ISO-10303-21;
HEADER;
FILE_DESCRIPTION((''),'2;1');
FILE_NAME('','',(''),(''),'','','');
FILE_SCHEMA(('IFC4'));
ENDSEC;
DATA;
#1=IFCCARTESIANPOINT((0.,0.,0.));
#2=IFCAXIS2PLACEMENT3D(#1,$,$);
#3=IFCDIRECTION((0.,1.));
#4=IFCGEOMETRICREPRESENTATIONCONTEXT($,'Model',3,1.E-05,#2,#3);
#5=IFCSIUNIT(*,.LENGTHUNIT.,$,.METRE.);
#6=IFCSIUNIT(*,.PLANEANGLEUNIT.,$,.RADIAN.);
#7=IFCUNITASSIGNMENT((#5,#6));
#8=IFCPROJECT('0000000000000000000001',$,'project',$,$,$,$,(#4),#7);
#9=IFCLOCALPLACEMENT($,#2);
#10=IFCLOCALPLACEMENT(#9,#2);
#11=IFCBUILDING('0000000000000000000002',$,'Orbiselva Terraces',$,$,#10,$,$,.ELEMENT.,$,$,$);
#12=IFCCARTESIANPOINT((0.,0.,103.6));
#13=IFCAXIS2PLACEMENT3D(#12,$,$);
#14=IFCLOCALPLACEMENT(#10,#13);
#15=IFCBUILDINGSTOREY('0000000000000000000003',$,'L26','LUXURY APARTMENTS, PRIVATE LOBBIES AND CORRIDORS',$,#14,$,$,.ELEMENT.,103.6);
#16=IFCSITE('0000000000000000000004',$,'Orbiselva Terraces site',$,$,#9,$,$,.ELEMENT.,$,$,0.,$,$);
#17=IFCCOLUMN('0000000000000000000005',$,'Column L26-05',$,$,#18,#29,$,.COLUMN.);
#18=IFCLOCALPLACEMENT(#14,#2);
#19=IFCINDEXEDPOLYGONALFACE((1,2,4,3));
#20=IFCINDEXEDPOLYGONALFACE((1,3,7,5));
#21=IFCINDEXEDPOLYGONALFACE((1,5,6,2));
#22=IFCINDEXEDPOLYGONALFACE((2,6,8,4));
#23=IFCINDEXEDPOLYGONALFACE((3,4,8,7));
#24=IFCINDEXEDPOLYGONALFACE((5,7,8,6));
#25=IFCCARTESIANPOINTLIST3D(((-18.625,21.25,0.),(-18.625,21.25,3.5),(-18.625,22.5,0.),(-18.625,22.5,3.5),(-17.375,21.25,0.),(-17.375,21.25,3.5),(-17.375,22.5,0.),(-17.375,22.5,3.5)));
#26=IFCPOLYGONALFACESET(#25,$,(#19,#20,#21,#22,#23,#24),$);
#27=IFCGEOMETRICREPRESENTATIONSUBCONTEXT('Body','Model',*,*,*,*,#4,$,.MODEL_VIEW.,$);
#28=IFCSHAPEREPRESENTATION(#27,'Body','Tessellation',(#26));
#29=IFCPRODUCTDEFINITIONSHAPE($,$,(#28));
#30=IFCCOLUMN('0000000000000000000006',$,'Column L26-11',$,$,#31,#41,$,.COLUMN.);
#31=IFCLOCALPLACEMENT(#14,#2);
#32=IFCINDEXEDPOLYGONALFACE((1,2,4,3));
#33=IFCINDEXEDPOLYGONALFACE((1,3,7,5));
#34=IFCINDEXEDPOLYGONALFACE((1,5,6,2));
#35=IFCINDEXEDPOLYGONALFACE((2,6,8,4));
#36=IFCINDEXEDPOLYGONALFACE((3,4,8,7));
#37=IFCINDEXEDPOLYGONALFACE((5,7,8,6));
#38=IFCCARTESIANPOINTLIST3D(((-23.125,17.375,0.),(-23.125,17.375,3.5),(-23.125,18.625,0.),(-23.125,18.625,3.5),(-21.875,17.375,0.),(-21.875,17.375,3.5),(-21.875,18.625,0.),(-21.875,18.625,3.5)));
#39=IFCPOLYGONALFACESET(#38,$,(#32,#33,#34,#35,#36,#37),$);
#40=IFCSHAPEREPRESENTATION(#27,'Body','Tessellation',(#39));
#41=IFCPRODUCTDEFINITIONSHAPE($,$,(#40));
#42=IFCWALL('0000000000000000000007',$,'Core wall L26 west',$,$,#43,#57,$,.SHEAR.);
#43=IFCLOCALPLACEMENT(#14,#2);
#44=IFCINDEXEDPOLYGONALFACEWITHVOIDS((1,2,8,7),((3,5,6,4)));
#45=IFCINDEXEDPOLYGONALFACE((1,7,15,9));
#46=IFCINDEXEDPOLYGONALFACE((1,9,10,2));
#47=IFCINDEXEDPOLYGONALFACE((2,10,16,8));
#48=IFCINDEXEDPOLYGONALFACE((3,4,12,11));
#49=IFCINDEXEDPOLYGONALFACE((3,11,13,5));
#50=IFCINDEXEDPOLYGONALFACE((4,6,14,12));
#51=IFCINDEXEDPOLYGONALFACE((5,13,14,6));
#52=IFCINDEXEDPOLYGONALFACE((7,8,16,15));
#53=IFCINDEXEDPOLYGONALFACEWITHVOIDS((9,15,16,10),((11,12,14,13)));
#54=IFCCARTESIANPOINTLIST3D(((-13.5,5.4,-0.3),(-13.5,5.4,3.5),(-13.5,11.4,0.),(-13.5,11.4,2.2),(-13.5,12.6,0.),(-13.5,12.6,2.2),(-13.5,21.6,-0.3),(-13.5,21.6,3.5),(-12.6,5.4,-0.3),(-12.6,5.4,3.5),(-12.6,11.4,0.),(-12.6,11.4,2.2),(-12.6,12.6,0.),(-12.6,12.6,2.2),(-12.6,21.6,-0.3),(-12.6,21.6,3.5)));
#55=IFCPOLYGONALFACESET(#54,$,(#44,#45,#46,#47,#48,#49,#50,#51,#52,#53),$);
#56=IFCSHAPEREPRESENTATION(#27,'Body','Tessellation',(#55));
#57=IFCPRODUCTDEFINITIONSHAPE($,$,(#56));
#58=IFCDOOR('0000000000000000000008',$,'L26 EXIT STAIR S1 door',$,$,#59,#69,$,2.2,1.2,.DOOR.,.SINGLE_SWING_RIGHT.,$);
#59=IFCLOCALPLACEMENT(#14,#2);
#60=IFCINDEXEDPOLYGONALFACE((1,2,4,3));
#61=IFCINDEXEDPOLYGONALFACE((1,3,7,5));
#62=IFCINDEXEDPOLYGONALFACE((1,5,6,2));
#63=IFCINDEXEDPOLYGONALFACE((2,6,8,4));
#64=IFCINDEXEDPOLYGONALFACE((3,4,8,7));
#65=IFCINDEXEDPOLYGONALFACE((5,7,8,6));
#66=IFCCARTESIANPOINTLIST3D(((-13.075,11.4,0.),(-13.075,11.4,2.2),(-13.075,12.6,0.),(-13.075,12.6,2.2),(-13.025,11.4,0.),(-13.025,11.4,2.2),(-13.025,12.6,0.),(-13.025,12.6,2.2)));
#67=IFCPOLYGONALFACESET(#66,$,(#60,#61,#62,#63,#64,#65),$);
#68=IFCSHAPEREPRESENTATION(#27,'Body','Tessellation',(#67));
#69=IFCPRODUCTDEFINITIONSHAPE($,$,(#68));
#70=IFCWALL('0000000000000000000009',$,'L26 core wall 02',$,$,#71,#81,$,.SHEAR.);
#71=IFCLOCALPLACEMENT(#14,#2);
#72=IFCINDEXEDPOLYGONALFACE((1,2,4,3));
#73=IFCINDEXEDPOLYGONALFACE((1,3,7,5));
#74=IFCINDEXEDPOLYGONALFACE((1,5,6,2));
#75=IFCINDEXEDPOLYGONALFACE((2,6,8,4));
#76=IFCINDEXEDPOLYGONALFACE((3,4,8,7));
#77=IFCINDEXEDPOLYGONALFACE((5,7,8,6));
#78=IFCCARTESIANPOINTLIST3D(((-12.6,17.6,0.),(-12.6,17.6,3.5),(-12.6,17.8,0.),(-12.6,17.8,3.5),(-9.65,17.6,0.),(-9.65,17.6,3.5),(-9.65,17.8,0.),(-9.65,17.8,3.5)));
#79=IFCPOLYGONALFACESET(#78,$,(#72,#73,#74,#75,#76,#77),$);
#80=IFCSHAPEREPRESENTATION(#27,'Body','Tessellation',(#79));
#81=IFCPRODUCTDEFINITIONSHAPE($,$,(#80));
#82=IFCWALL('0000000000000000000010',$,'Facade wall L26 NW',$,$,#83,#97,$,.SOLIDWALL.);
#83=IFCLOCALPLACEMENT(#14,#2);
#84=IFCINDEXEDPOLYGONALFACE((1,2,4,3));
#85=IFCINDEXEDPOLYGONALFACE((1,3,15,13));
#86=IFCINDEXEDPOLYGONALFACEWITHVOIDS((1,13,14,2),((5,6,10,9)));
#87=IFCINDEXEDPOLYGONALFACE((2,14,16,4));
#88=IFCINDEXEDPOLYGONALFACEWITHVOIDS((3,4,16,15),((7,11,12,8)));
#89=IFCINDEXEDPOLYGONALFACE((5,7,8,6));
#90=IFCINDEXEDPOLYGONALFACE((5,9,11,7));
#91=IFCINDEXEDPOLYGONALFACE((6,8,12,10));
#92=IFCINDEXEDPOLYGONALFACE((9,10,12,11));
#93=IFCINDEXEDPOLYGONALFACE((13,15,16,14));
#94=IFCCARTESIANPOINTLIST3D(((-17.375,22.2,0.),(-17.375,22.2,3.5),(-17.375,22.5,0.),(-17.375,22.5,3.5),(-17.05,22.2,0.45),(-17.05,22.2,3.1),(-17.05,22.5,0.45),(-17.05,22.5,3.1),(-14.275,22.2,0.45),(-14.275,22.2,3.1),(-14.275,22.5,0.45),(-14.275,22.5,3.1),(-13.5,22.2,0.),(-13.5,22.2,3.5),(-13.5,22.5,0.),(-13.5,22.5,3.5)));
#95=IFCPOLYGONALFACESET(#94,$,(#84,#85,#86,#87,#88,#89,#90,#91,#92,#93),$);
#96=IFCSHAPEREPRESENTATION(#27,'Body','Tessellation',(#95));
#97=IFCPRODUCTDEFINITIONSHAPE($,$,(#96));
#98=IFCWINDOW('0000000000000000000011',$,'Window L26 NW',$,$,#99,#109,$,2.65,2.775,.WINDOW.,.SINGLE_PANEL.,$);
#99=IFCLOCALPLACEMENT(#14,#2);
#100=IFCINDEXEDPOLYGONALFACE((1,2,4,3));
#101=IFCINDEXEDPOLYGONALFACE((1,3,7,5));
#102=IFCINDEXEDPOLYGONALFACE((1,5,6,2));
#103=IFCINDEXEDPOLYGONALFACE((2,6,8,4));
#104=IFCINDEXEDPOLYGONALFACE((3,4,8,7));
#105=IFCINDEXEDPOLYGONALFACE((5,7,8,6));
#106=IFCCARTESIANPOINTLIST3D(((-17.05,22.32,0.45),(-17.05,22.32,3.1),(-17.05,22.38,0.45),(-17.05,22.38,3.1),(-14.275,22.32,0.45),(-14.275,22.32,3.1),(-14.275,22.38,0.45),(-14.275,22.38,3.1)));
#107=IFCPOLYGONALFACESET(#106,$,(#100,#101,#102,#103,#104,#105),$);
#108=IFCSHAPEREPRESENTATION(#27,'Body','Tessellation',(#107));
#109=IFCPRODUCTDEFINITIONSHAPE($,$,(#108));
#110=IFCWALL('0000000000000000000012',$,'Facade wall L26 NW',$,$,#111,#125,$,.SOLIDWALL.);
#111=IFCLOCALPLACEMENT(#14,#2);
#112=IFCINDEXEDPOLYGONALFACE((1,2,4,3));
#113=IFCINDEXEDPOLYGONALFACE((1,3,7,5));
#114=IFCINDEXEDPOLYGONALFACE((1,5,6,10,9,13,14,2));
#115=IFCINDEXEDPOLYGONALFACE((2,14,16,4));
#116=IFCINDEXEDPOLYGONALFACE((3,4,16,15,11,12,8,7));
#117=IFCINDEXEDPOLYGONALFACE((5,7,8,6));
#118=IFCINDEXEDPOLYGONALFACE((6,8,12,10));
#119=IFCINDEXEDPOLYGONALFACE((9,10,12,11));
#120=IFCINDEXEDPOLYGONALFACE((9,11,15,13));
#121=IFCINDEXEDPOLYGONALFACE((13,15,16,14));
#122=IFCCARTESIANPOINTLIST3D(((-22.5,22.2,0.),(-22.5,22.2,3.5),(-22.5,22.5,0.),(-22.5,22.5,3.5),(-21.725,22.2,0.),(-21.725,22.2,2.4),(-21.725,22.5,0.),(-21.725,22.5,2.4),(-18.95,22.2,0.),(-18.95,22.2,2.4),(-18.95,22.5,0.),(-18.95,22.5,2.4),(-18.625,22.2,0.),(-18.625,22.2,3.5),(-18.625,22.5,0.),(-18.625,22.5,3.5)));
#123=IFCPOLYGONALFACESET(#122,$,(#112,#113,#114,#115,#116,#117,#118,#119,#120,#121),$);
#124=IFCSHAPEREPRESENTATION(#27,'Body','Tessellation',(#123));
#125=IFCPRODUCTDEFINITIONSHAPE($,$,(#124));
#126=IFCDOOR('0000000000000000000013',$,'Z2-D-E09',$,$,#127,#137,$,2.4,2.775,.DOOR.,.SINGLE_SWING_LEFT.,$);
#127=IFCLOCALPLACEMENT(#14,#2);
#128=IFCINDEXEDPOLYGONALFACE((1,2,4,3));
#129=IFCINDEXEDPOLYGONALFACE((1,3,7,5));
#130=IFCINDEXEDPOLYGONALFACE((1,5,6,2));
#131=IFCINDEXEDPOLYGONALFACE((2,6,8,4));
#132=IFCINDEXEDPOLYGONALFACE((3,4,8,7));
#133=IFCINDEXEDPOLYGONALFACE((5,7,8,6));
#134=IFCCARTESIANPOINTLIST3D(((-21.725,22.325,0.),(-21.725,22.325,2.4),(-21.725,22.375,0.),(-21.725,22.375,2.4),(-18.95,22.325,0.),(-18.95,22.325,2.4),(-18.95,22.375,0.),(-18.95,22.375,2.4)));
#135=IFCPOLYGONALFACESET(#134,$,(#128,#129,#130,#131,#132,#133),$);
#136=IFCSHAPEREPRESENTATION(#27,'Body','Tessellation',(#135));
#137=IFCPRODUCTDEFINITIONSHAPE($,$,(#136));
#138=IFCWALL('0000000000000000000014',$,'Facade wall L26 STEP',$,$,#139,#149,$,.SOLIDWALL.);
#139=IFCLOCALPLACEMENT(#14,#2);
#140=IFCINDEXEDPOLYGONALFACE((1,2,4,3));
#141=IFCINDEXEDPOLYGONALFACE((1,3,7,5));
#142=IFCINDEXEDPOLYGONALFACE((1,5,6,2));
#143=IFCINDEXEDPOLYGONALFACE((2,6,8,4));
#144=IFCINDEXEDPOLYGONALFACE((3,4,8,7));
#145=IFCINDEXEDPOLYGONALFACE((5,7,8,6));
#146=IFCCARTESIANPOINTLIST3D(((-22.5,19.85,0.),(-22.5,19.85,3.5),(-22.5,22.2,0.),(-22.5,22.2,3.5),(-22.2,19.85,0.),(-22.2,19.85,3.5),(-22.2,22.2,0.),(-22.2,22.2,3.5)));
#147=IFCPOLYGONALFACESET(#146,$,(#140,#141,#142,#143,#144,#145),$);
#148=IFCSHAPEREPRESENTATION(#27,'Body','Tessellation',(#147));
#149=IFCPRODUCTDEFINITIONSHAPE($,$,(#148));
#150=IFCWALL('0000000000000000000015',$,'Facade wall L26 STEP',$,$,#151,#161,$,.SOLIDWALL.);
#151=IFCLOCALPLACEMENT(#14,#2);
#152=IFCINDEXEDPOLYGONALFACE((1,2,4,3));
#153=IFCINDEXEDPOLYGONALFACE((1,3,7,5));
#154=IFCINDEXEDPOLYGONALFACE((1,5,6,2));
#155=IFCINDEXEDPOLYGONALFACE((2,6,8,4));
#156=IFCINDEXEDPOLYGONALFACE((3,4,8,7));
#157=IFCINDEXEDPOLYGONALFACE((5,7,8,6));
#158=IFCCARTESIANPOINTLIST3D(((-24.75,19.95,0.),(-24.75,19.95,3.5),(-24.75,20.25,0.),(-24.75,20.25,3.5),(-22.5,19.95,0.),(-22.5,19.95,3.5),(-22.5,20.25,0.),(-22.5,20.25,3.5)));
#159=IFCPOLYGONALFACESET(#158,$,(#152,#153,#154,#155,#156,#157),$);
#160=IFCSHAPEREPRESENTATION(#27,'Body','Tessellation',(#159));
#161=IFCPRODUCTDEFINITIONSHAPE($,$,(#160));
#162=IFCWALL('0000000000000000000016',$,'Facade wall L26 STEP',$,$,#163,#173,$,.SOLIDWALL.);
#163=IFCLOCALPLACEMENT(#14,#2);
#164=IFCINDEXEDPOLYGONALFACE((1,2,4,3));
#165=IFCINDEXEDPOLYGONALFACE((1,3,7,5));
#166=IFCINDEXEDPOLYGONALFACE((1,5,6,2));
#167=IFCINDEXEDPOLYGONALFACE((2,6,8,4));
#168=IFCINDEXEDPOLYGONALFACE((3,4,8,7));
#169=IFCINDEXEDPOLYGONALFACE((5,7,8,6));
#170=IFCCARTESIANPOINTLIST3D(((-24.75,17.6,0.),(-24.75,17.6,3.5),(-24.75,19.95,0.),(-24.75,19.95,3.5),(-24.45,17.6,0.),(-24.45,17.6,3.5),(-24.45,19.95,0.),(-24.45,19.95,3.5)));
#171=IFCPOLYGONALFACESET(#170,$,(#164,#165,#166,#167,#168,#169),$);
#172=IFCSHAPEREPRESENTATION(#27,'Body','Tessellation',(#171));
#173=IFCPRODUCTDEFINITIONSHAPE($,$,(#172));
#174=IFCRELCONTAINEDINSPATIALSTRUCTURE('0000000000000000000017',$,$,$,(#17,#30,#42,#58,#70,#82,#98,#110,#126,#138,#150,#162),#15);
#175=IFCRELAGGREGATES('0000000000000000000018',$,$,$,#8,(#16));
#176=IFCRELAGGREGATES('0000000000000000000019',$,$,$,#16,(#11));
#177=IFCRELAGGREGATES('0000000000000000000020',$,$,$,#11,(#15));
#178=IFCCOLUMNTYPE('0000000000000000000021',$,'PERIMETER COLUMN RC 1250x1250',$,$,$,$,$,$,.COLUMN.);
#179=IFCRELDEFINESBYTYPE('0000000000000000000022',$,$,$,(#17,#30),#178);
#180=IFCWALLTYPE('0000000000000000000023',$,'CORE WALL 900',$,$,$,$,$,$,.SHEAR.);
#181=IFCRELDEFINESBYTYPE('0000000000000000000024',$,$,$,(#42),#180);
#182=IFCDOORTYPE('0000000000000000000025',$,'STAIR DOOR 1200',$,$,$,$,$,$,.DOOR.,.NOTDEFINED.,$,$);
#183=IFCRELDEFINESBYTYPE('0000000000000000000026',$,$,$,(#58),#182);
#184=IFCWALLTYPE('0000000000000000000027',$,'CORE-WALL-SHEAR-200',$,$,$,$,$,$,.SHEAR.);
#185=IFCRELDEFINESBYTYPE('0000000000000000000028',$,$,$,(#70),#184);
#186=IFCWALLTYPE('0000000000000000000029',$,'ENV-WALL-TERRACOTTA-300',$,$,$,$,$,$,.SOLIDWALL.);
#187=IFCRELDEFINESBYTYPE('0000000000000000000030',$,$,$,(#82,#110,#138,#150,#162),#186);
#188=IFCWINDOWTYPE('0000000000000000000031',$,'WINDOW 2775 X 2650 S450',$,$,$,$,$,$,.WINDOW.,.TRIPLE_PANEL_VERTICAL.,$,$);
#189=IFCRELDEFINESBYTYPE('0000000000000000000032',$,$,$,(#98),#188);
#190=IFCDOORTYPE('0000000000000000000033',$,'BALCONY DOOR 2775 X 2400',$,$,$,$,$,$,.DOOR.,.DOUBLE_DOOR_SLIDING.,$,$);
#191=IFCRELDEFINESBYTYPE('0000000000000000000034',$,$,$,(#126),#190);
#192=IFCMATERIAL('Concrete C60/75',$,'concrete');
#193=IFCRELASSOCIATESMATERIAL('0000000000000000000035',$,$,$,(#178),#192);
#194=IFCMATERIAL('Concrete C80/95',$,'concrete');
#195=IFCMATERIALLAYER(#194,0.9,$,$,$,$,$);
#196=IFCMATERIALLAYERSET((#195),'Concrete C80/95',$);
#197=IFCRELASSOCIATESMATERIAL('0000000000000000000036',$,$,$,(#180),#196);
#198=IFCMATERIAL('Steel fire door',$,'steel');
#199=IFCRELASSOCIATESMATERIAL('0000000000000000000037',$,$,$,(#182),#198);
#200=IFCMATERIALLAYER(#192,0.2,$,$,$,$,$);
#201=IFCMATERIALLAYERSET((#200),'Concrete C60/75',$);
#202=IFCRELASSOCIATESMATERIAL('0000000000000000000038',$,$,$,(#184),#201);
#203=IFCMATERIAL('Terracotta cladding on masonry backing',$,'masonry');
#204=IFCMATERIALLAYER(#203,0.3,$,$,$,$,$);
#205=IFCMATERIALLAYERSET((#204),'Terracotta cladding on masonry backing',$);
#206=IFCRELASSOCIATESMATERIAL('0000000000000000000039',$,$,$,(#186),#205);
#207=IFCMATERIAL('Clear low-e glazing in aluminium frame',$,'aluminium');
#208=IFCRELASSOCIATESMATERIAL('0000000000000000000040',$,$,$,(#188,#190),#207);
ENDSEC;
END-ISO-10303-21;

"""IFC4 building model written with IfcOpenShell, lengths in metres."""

from ifc_helpers import new_model, si_unit, direction, frame, frame_2d, origin, origin_2d, place, context, subcontext, project, spatial, rectangle, extrude, material, layer, layer_set, material_profile, profile_set, type_object, element, fill, save


model = new_model("IFC4")

# Units and contexts
model_context = context("Model", 3, precision=1e-05, world=origin(), true_north=direction((0.0, 1.0)))
body_context = subcontext(model_context, "Body", "Model", "MODEL_VIEW")
ifc_project = project(units=[si_unit("LENGTHUNIT", "METRE"), si_unit("PLANEANGLEUNIT", "RADIAN")], contexts=[model_context])

# Site, building, storey
site_placement = place(None, origin())
site = spatial("IfcSite", under=ifc_project, at=site_placement, Name="Orbiselva Terraces site", CompositionType="ELEMENT", RefElevation=0.0)
building_placement = place(site_placement, origin())
building = spatial("IfcBuilding", under=site, at=building_placement, Name="Orbiselva Terraces", CompositionType="ELEMENT")
storey_placement = place(building_placement, frame((0.0, 0.0, 103.6)))
storey = spatial("IfcBuildingStorey", under=building, at=storey_placement, Name="L26", Description="LUXURY APARTMENTS, PRIVATE LOBBIES AND CORRIDORS", CompositionType="ELEMENT", Elevation=103.6)

# Columns
ifc_material_1 = material(Name="Concrete C60/75", Category="concrete")
ifc_material_profile = material_profile(ifc_material_1, rectangle(XDim=1.25, YDim=1.25, at=origin_2d()), Name="RC 1250x1250")
ifc_profile_set = profile_set([ifc_material_profile], Name="Concrete C60/75")
column_type = type_object("IfcColumnType", Name="PERIMETER COLUMN RC 1250x1250", PredefinedType="COLUMN", material=ifc_profile_set)
for number, where, z_axis, x_axis, name in (
    (1, (-18.0, 21.875, 0.0), (0.0, 0.0, 1.0), (1.0, 0.0, 0.0), "Column L26-05"),
    (2, (-22.5, 18.0, 0.0), (0.0, 0.0, 1.0), (1.0, 0.0, 0.0), "Column L26-11"),
):
    element("IfcColumn", number, at=place(storey_placement, frame(where, z_axis=z_axis, x_axis=x_axis)), inside=storey, type_object=column_type, Name=name, PredefinedType="COLUMN", context=body_context, shape_type="SweptSolid", body=[
        extrude(rectangle(XDim=1.25, YDim=1.25, at=origin_2d()), origin(), (0.0, 0.0, 1.0), 3.5),
    ])

# Wall, opening, door
ifc_material_2 = material(Name="Concrete C80/95", Category="concrete")
ifc_layer_1 = layer(ifc_material_2, 0.9)
ifc_layer_set_1 = layer_set([ifc_layer_1], Name="Concrete C80/95")
wall_type_1 = type_object("IfcWallType", Name="CORE WALL 900", PredefinedType="SHEAR", material=ifc_layer_set_1)
wall_1_placement = place(storey_placement, frame((-13.05, 21.6, -0.3), z_axis=(0.0, 0.0, 1.0), x_axis=(0.0, -1.0, 0.0)))
wall_1 = element("IfcWall", 3, at=wall_1_placement, inside=storey, type_object=wall_type_1, Name="Core wall L26 west", PredefinedType="SHEAR", context=body_context, shape_type="SweptSolid", body=[
    extrude(rectangle(XDim=16.2, YDim=0.9, at=frame_2d((8.1, 0.0))), origin(), (0.0, 0.0, 1.0), 3.8),
])
opening_1_placement = place(wall_1_placement, frame((9.0, 0.0, 0.3)))
opening_1 = element("IfcOpeningElement", 4, at=opening_1_placement, cuts=wall_1, PredefinedType="OPENING", context=body_context, shape_type="SweptSolid", body=[
    extrude(rectangle(XDim=1.2, YDim=2.2, at=frame_2d((0.6, 1.1))), frame((0.0, 0.46, 0.0), z_axis=(0.0, -1.0, 0.0), x_axis=(1.0, 0.0, 0.0)), (0.0, 0.0, 1.0), 0.92),
])
ifc_material_3 = material(Name="Steel fire door", Category="steel")
door_type_1 = type_object("IfcDoorType", Name="STAIR DOOR 1200", OperationType="NOTDEFINED", PredefinedType="DOOR", material=ifc_material_3)
door_1_placement = place(opening_1_placement, frame((1.2, 0.0, 0.0), z_axis=(0.0, 0.0, 1.0), x_axis=(-1.0, 0.0, 0.0)))
door_1 = element("IfcDoor", 5, at=door_1_placement, inside=storey, type_object=door_type_1, Name="L26 EXIT STAIR S1 door", OperationType="SINGLE_SWING_RIGHT", OverallHeight=2.2, OverallWidth=1.2, PredefinedType="DOOR", context=body_context, shape_type="SweptSolid", body=[
    extrude(rectangle(XDim=1.2, YDim=2.2, at=frame_2d((0.6, 1.1))), frame((0.0, 0.025, 0.0), z_axis=(0.0, -1.0, 0.0), x_axis=(1.0, 0.0, 0.0)), (0.0, 0.0, 1.0), 0.05),
])
fill(opening_1, door_1)

# Wall
ifc_layer_2 = layer(ifc_material_1, 0.2)
ifc_layer_set_2 = layer_set([ifc_layer_2], Name="Concrete C60/75")
wall_type_2 = type_object("IfcWallType", Name="CORE-WALL-SHEAR-200", PredefinedType="SHEAR", material=ifc_layer_set_2)
wall_2_placement = place(storey_placement, frame((-12.6, 17.7, 0.0), z_axis=(0.0, 0.0, 1.0), x_axis=(1.0, 0.0, 0.0)))
element("IfcWall", 6, at=wall_2_placement, inside=storey, type_object=wall_type_2, Name="L26 core wall 02", PredefinedType="SHEAR", context=body_context, shape_type="SweptSolid", body=[
    extrude(rectangle(XDim=2.95, YDim=0.2, at=frame_2d((1.475, 0.0))), origin(), (0.0, 0.0, 1.0), 3.5),
])

# Wall, opening, window
ifc_material_4 = material(Name="Terracotta cladding on masonry backing", Category="masonry")
ifc_layer_3 = layer(ifc_material_4, 0.3)
ifc_layer_set_3 = layer_set([ifc_layer_3], Name="Terracotta cladding on masonry backing")
wall_type_3 = type_object("IfcWallType", Name="ENV-WALL-TERRACOTTA-300", PredefinedType="SOLIDWALL", material=ifc_layer_set_3)
wall_3_placement = place(storey_placement, frame((-17.375, 22.35, 0.0), z_axis=(0.0, 0.0, 1.0), x_axis=(1.0, 0.0, 0.0)))
wall_3 = element("IfcWall", 7, at=wall_3_placement, inside=storey, type_object=wall_type_3, Name="Facade wall L26 NW", PredefinedType="SOLIDWALL", context=body_context, shape_type="SweptSolid", body=[
    extrude(rectangle(XDim=3.875, YDim=0.3, at=frame_2d((1.9375, 0.0))), origin(), (0.0, 0.0, 1.0), 3.5),
])
opening_2_placement = place(wall_3_placement, frame((0.325, 0.0, 0.45)))
opening_2 = element("IfcOpeningElement", 8, at=opening_2_placement, cuts=wall_3, PredefinedType="OPENING", context=body_context, shape_type="SweptSolid", body=[
    extrude(rectangle(XDim=2.775, YDim=2.65, at=frame_2d((1.3875, 1.325))), frame((0.0, 0.16, 0.0), z_axis=(0.0, -1.0, 0.0), x_axis=(1.0, 0.0, 0.0)), (0.0, 0.0, 1.0), 0.32),
])
ifc_material_5 = material(Name="Clear low-e glazing in aluminium frame", Category="aluminium")
window_type = type_object("IfcWindowType", Name="WINDOW 2775 X 2650 S450", PartitioningType="TRIPLE_PANEL_VERTICAL", PredefinedType="WINDOW", material=ifc_material_5)
window_placement = place(opening_2_placement, origin())
window = element("IfcWindow", 9, at=window_placement, inside=storey, type_object=window_type, Name="Window L26 NW", OverallHeight=2.65, OverallWidth=2.775, PartitioningType="SINGLE_PANEL", PredefinedType="WINDOW", context=body_context, shape_type="SweptSolid", body=[
    extrude(rectangle(XDim=2.775, YDim=2.65, at=frame_2d((1.3875, 1.325))), frame((0.0, 0.03, 0.0), z_axis=(0.0, -1.0, 0.0), x_axis=(1.0, 0.0, 0.0)), (0.0, 0.0, 1.0), 0.06),
])
fill(opening_2, window)

# Wall, opening, door
wall_4_placement = place(storey_placement, frame((-22.5, 22.35, 0.0), z_axis=(0.0, 0.0, 1.0), x_axis=(1.0, 0.0, 0.0)))
wall_4 = element("IfcWall", 10, at=wall_4_placement, inside=storey, type_object=wall_type_3, Name="Facade wall L26 NW", PredefinedType="SOLIDWALL", context=body_context, shape_type="SweptSolid", body=[
    extrude(rectangle(XDim=3.875, YDim=0.3, at=frame_2d((1.9375, 0.0))), origin(), (0.0, 0.0, 1.0), 3.5),
])
opening_3_placement = place(wall_4_placement, frame((0.775, 0.0, 0.0)))
opening_3 = element("IfcOpeningElement", 11, at=opening_3_placement, cuts=wall_4, PredefinedType="OPENING", context=body_context, shape_type="SweptSolid", body=[
    extrude(rectangle(XDim=2.775, YDim=2.4, at=frame_2d((1.3875, 1.2))), frame((0.0, 0.16, 0.0), z_axis=(0.0, -1.0, 0.0), x_axis=(1.0, 0.0, 0.0)), (0.0, 0.0, 1.0), 0.32),
])
door_type_2 = type_object("IfcDoorType", Name="BALCONY DOOR 2775 X 2400", OperationType="DOUBLE_DOOR_SLIDING", PredefinedType="DOOR", material=ifc_material_5)
door_2_placement = place(opening_3_placement, origin())
door_2 = element("IfcDoor", 12, at=door_2_placement, inside=storey, type_object=door_type_2, Name="Z2-D-E09", OperationType="SINGLE_SWING_LEFT", OverallHeight=2.4, OverallWidth=2.775, PredefinedType="DOOR", context=body_context, shape_type="SweptSolid", body=[
    extrude(rectangle(XDim=2.775, YDim=2.4, at=frame_2d((1.3875, 1.2))), frame((0.0, 0.025, 0.0), z_axis=(0.0, -1.0, 0.0), x_axis=(1.0, 0.0, 0.0)), (0.0, 0.0, 1.0), 0.05),
])
fill(opening_3, door_2)

# Walls
wall_5_placement = place(storey_placement, frame((-22.35, 19.85, 0.0), z_axis=(0.0, 0.0, 1.0), x_axis=(0.0, 1.0, 0.0)))
element("IfcWall", 13, at=wall_5_placement, inside=storey, type_object=wall_type_3, Name="Facade wall L26 STEP", PredefinedType="SOLIDWALL", context=body_context, shape_type="SweptSolid", body=[
    extrude(rectangle(XDim=2.35, YDim=0.3, at=frame_2d((1.175, 0.0))), origin(), (0.0, 0.0, 1.0), 3.5),
])
wall_6_placement = place(storey_placement, frame((-24.75, 20.1, 0.0), z_axis=(0.0, 0.0, 1.0), x_axis=(1.0, 0.0, 0.0)))
element("IfcWall", 14, at=wall_6_placement, inside=storey, type_object=wall_type_3, Name="Facade wall L26 STEP", PredefinedType="SOLIDWALL", context=body_context, shape_type="SweptSolid", body=[
    extrude(rectangle(XDim=2.25, YDim=0.3, at=frame_2d((1.125, 0.0))), origin(), (0.0, 0.0, 1.0), 3.5),
])
wall_7_placement = place(storey_placement, frame((-24.6, 17.6, 0.0), z_axis=(0.0, 0.0, 1.0), x_axis=(0.0, 1.0, 0.0)))
element("IfcWall", 15, at=wall_7_placement, inside=storey, type_object=wall_type_3, Name="Facade wall L26 STEP", PredefinedType="SOLIDWALL", context=body_context, shape_type="SweptSolid", body=[
    extrude(rectangle(XDim=2.35, YDim=0.3, at=frame_2d((1.175, 0.0))), origin(), (0.0, 0.0, 1.0), 3.5),
])

save(model, "model.ifc")
